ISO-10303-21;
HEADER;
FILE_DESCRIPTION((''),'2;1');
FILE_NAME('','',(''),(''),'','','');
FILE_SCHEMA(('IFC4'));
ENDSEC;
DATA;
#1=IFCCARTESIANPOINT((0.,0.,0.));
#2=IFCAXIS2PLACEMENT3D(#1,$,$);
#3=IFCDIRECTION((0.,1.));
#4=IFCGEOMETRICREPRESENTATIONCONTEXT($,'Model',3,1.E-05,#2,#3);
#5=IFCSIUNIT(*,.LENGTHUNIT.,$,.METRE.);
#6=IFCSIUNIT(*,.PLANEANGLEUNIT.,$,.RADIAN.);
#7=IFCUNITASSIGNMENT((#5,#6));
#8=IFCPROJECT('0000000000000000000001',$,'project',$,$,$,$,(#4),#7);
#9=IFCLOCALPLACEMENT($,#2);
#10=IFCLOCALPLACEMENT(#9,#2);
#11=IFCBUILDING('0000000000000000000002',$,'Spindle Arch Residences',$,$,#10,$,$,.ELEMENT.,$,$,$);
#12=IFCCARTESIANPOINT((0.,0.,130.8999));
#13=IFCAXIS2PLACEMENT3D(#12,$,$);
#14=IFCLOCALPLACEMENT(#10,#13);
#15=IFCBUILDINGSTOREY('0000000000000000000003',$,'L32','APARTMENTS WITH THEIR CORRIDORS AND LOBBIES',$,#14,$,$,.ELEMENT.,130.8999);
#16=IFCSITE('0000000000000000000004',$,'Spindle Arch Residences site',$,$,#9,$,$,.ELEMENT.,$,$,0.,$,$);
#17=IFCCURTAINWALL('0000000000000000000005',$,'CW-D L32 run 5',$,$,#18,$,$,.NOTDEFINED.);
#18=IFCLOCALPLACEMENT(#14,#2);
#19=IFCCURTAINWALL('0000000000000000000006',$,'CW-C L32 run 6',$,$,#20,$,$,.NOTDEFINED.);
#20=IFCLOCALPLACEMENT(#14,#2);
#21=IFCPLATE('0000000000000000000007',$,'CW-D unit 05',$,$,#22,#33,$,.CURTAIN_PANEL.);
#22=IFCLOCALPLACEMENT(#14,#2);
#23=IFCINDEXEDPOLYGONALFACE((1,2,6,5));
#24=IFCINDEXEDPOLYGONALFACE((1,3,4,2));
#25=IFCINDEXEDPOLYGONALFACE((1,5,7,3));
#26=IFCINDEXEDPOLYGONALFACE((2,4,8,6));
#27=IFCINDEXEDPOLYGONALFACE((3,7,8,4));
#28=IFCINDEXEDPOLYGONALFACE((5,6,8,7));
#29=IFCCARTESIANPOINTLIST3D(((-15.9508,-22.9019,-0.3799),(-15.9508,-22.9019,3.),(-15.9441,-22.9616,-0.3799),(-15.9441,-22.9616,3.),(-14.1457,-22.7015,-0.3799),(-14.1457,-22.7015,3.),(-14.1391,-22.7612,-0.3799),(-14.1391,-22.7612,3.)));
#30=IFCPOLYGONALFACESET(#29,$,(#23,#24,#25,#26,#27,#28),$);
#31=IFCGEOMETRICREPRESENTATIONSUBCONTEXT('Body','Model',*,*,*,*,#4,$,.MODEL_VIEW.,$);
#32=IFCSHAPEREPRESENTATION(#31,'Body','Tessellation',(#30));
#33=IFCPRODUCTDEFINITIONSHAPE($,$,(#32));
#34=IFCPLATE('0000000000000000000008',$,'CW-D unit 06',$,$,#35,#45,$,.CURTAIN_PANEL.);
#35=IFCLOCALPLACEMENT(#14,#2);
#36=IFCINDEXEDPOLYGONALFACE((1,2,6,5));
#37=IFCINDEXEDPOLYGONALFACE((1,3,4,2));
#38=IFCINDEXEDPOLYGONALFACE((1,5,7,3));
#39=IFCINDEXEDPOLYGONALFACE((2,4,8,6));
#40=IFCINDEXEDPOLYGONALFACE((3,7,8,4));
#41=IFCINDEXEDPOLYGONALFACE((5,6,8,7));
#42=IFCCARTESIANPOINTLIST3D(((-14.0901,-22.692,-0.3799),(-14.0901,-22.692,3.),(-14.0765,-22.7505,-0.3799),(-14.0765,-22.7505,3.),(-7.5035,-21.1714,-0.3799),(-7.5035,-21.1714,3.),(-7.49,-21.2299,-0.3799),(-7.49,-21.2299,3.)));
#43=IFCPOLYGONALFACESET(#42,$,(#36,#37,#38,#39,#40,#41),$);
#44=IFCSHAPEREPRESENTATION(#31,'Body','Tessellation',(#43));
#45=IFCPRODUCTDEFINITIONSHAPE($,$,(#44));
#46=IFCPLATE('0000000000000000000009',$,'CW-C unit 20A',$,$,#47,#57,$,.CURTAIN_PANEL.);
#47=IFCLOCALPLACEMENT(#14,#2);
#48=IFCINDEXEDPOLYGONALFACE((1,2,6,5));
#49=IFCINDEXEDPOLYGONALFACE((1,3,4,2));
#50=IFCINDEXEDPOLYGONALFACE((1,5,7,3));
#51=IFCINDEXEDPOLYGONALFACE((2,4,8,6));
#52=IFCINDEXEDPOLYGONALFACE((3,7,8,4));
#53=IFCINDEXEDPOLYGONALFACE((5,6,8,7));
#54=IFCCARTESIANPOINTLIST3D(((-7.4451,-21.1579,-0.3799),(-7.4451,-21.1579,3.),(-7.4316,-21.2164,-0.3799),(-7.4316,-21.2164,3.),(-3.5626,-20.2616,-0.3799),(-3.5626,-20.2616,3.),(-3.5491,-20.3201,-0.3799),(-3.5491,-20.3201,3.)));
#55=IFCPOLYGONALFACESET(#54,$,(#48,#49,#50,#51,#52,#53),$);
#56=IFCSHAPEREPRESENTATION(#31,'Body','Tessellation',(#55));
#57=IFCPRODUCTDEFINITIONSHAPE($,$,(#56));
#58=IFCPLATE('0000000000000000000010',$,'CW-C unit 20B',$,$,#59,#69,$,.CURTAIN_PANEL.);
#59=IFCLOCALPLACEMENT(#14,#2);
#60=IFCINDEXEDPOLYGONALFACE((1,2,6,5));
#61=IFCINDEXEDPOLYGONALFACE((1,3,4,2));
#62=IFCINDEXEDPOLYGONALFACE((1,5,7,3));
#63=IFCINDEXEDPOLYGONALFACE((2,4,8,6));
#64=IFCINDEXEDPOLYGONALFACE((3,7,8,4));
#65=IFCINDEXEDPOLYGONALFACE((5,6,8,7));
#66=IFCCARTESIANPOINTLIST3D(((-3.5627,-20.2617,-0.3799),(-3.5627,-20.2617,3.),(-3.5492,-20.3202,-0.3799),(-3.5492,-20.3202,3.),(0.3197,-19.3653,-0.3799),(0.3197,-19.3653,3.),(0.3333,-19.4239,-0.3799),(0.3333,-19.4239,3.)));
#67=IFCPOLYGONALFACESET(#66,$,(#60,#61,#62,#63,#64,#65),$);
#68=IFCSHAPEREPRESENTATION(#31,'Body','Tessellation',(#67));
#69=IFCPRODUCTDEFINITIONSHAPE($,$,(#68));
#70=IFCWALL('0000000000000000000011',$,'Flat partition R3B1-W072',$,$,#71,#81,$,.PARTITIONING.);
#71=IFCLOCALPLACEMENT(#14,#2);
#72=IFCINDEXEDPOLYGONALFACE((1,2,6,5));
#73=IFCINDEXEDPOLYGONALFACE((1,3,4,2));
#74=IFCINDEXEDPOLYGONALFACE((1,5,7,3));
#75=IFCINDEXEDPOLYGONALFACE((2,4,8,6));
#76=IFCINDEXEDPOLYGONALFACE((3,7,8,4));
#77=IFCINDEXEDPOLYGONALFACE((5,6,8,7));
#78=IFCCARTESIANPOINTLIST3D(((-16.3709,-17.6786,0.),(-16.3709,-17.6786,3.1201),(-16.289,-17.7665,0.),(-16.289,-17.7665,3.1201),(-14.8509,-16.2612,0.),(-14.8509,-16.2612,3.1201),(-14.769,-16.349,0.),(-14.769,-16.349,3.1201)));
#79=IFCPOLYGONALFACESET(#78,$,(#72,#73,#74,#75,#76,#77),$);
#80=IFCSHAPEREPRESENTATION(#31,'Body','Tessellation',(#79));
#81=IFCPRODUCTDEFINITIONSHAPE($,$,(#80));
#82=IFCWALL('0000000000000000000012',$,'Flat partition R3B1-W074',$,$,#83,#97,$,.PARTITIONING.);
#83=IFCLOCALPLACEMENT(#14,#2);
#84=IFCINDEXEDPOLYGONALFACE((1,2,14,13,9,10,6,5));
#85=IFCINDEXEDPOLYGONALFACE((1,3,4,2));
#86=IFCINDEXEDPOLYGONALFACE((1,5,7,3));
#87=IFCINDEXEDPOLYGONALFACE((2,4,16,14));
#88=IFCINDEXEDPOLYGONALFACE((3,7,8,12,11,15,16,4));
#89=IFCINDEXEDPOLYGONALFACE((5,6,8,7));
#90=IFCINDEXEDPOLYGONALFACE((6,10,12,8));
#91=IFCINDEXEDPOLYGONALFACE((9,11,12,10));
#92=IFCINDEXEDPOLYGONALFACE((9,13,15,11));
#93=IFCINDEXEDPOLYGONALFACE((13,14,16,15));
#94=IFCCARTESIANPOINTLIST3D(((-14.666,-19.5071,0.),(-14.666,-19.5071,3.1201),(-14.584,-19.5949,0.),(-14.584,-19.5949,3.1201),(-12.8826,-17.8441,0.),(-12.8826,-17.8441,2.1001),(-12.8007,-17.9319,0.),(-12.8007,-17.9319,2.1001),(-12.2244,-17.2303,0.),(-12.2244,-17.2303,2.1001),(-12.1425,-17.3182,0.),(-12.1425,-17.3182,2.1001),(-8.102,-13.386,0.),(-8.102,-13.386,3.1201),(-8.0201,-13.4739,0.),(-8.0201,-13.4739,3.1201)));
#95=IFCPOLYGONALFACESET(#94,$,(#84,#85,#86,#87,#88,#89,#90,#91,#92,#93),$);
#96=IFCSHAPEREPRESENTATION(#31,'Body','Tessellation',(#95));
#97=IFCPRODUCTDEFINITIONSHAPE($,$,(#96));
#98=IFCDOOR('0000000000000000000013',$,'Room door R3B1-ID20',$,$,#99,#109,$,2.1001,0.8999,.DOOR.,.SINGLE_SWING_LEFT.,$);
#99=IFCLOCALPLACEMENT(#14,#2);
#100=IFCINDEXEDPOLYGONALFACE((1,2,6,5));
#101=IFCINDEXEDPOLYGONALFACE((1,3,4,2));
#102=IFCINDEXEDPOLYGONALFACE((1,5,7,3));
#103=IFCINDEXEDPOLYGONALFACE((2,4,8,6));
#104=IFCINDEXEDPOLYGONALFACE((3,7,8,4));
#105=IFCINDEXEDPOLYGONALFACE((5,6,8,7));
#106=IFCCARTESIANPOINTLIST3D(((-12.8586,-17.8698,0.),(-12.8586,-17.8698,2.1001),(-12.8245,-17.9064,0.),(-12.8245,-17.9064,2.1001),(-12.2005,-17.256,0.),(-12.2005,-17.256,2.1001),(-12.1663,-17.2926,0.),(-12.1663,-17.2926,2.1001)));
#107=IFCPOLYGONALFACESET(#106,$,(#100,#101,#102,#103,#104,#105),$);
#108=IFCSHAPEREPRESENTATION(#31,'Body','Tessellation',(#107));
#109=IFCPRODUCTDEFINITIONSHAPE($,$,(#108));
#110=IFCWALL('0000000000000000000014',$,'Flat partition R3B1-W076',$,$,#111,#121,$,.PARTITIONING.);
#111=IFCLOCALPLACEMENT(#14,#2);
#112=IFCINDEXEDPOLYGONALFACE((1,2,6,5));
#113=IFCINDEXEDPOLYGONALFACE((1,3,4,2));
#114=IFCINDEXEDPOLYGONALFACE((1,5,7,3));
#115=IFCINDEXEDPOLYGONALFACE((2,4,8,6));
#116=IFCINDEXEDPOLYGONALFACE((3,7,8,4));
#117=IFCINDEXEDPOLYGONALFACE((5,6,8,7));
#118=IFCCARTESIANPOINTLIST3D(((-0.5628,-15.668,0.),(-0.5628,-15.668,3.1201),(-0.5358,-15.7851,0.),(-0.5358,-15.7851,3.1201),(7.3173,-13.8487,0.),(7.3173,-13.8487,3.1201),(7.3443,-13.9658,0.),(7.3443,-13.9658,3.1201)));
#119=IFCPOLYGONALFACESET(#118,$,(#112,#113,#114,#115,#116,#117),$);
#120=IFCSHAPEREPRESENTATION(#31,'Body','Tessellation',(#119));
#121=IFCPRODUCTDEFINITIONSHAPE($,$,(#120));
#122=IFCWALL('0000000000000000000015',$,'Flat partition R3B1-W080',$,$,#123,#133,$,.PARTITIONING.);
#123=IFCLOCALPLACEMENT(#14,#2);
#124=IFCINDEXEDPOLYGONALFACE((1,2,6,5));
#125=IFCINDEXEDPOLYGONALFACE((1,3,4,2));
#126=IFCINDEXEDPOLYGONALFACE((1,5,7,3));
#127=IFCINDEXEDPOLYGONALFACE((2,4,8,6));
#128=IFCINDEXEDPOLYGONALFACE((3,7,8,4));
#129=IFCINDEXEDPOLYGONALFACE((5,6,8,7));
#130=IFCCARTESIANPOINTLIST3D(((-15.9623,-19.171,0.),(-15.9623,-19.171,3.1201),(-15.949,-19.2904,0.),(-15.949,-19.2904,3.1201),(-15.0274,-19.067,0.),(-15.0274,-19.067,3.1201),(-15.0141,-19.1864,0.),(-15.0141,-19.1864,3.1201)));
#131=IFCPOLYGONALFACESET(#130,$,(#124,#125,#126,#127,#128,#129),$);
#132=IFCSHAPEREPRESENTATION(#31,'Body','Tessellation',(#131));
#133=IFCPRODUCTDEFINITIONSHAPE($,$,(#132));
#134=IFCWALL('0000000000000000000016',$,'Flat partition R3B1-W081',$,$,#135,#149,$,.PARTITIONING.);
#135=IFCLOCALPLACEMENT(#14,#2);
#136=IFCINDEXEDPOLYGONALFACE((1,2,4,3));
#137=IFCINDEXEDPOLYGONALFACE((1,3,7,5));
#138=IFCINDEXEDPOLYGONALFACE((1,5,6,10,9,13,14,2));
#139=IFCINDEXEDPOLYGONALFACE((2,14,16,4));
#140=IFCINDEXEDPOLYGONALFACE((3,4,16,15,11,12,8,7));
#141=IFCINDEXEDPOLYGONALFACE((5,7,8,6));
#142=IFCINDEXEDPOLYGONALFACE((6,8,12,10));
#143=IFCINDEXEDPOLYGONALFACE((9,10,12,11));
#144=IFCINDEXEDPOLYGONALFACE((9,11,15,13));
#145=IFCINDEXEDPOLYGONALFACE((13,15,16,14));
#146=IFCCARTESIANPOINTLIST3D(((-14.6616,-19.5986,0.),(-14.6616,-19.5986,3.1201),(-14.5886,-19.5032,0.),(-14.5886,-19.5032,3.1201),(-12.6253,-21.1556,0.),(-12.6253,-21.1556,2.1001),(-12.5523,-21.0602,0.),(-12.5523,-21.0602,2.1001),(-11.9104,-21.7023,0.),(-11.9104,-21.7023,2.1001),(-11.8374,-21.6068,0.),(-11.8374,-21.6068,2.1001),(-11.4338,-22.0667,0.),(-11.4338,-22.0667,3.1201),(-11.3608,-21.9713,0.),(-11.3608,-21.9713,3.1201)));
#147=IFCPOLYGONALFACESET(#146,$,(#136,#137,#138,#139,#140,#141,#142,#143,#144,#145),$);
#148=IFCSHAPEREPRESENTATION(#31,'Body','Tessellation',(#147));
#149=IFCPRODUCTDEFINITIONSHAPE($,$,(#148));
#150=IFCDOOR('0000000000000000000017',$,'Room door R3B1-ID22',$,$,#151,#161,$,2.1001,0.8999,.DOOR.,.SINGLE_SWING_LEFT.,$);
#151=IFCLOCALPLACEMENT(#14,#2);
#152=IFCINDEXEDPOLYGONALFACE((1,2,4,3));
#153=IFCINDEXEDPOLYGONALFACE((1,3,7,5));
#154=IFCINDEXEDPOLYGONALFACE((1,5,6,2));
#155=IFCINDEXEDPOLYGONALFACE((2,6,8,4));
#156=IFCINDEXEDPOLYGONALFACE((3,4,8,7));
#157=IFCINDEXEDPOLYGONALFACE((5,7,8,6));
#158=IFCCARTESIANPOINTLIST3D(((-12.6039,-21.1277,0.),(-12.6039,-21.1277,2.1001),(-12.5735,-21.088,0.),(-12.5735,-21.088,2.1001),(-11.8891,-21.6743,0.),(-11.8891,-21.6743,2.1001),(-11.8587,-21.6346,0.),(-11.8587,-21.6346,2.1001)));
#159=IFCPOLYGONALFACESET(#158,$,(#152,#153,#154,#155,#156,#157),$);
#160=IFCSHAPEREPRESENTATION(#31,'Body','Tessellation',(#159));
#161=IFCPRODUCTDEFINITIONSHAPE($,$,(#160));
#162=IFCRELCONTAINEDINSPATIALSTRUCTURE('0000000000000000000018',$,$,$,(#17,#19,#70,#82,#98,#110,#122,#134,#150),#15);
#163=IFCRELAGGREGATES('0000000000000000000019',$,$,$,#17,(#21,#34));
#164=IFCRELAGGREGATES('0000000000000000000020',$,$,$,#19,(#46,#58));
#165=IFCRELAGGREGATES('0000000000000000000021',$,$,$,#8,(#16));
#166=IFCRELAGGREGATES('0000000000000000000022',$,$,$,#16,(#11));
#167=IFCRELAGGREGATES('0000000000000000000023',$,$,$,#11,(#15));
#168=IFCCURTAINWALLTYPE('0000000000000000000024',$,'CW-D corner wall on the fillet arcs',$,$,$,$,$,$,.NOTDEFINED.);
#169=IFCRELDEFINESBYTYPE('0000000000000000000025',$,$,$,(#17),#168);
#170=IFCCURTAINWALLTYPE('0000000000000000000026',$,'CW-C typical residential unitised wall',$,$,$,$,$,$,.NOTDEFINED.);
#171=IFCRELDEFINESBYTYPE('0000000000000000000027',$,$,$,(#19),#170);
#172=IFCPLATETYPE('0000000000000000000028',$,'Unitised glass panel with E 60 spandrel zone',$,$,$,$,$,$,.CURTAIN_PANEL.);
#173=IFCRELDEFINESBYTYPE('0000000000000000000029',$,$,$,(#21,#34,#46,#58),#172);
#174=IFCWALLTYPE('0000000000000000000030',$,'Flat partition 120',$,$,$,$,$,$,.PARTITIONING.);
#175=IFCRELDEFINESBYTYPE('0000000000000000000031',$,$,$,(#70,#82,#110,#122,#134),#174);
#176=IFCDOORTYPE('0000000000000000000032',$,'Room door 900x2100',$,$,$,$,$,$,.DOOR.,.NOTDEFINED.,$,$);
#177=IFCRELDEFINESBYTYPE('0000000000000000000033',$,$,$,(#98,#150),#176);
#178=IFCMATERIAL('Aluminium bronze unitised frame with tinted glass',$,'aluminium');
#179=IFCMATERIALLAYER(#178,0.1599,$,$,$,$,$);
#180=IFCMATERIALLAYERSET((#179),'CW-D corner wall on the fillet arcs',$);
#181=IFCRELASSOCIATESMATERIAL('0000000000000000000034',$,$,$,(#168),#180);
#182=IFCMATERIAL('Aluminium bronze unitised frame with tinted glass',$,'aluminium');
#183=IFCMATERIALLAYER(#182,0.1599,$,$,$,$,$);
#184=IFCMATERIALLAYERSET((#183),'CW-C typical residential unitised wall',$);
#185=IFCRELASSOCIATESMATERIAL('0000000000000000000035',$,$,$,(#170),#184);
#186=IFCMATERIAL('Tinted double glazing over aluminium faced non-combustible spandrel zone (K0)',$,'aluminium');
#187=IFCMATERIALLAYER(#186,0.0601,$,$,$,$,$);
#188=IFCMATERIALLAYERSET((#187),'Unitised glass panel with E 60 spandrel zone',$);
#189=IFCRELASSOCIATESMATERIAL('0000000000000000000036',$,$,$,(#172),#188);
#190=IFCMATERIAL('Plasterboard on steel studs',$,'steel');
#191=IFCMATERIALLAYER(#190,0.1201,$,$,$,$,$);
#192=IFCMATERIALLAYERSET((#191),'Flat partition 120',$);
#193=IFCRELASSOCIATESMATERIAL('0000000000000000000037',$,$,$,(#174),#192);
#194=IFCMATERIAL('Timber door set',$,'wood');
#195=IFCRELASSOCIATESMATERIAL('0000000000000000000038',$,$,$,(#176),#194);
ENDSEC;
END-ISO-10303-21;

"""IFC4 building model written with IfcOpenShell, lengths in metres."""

from ifc_helpers import new_model, si_unit, direction, frame, frame_2d, origin, origin_2d, place, context, subcontext, project, spatial, rectangle, extrude, material, layer, layer_set, type_object, element, fill, aggregate, save


model = new_model("IFC4")

# Units and contexts
model_context = context("Model", 3, precision=1e-05, world=origin(), true_north=direction((0.0, 1.0)))
body_context = subcontext(model_context, "Body", "Model", "MODEL_VIEW")
ifc_project = project(units=[si_unit("LENGTHUNIT", "METRE"), si_unit("PLANEANGLEUNIT", "RADIAN")], contexts=[model_context])

# Site, building, storey
site_placement = place(None, origin())
site = spatial("IfcSite", under=ifc_project, at=site_placement, Name="Spindle Arch Residences site", CompositionType="ELEMENT", RefElevation=0.0)
building_placement = place(site_placement, origin())
building = spatial("IfcBuilding", under=site, at=building_placement, Name="Spindle Arch Residences", CompositionType="ELEMENT")
storey_placement = place(building_placement, frame((0.0, 0.0, 130.8999)))
storey = spatial("IfcBuildingStorey", under=building, at=storey_placement, Name="L32", Description="APARTMENTS WITH THEIR CORRIDORS AND LOBBIES", CompositionType="ELEMENT", Elevation=130.8999)

# Curtain walls
ifc_material_1 = material(Name="Aluminium bronze unitised frame with tinted glass", Category="aluminium")
ifc_layer_1 = layer(ifc_material_1, 0.1599)
ifc_layer_set_1 = layer_set([ifc_layer_1], Name="CW-D corner wall on the fillet arcs")
curtain_wall_type_1 = type_object("IfcCurtainWallType", Name="CW-D corner wall on the fillet arcs", PredefinedType="NOTDEFINED", material=ifc_layer_set_1)
curtain_wall_1_placement = place(storey_placement, origin())
curtain_wall_1 = element("IfcCurtainWall", 1, at=curtain_wall_1_placement, inside=storey, type_object=curtain_wall_type_1, Name="CW-D L32 run 5", PredefinedType="NOTDEFINED")
ifc_material_2 = material(Name="Aluminium bronze unitised frame with tinted glass", Category="aluminium")
ifc_layer_2 = layer(ifc_material_2, 0.1599)
ifc_layer_set_2 = layer_set([ifc_layer_2], Name="CW-C typical residential unitised wall")
curtain_wall_type_2 = type_object("IfcCurtainWallType", Name="CW-C typical residential unitised wall", PredefinedType="NOTDEFINED", material=ifc_layer_set_2)
curtain_wall_2_placement = place(storey_placement, origin())
curtain_wall_2 = element("IfcCurtainWall", 2, at=curtain_wall_2_placement, inside=storey, type_object=curtain_wall_type_2, Name="CW-C L32 run 6", PredefinedType="NOTDEFINED")

# Plates
ifc_material_3 = material(Name="Tinted double glazing over aluminium faced non-combustible spandrel zone (K0)", Category="aluminium")
ifc_layer_3 = layer(ifc_material_3, 0.0601)
ifc_layer_set_3 = layer_set([ifc_layer_3], Name="Unitised glass panel with E 60 spandrel zone")
plate_type = type_object("IfcPlateType", Name="Unitised glass panel with E 60 spandrel zone", PredefinedType="CURTAIN_PANEL", material=ifc_layer_set_3)
plate_1_placement = place(storey_placement, frame((-15.0449, -22.8315, -0.3799), z_axis=(0.0, 0.0, 1.0), x_axis=(0.993897, 0.110313, 0.0)))
plate_1 = element("IfcPlate", 3, at=plate_1_placement, type_object=plate_type, Name="CW-D unit 05", PredefinedType="CURTAIN_PANEL", context=body_context, shape_type="SweptSolid", body=[
    extrude(rectangle(XDim=1.8162, YDim=0.0601, at=origin_2d()), origin(), (0.0, 0.0, 1.0), 3.3799),
])
plate_2_placement = place(storey_placement, frame((-10.79, -21.9609, -0.3799), z_axis=(0.0, 0.0, 1.0), x_axis=(0.97437, 0.224951, 0.0)))
plate_2 = element("IfcPlate", 4, at=plate_2_placement, type_object=plate_type, Name="CW-D unit 06", PredefinedType="CURTAIN_PANEL", context=body_context, shape_type="SweptSolid", body=[
    extrude(rectangle(XDim=6.7598, YDim=0.0601, at=origin_2d()), origin(), (0.0, 0.0, 1.0), 3.3799),
])
aggregate(curtain_wall_1, [plate_1, plate_2])
plate_3_placement = place(storey_placement, frame((-5.4971, -20.739, -0.3799), z_axis=(0.0, 0.0, 1.0), x_axis=(0.97437, 0.224951, 0.0)))
plate_3 = element("IfcPlate", 5, at=plate_3_placement, type_object=plate_type, Name="CW-C unit 20A", PredefinedType="CURTAIN_PANEL", context=body_context, shape_type="SweptSolid", body=[
    extrude(rectangle(XDim=3.9846, YDim=0.0601, at=origin_2d()), origin(), (0.0, 0.0, 1.0), 3.3799),
])
plate_4_placement = place(storey_placement, frame((-1.6147, -19.8428, -0.3799), z_axis=(0.0, 0.0, 1.0), x_axis=(0.97437, 0.224951, 0.0)))
plate_4 = element("IfcPlate", 6, at=plate_4_placement, type_object=plate_type, Name="CW-C unit 20B", PredefinedType="CURTAIN_PANEL", context=body_context, shape_type="SweptSolid", body=[
    extrude(rectangle(XDim=3.9846, YDim=0.0601, at=origin_2d()), origin(), (0.0, 0.0, 1.0), 3.3799),
])
aggregate(curtain_wall_2, [plate_3, plate_4])

# Wall
ifc_material_4 = material(Name="Plasterboard on steel studs", Category="steel")
ifc_layer_4 = layer(ifc_material_4, 0.1201)
ifc_layer_set_4 = layer_set([ifc_layer_4], Name="Flat partition 120")
wall_type = type_object("IfcWallType", Name="Flat partition 120", PredefinedType="PARTITIONING", material=ifc_layer_set_4)
wall_1_placement = place(storey_placement, frame((-14.8101, -16.3052, 0.0), z_axis=(0.0, 0.0, 1.0), x_axis=(-0.731344, -0.682008, 0.0)))
element("IfcWall", 7, at=wall_1_placement, inside=storey, type_object=wall_type, Name="Flat partition R3B1-W072", PredefinedType="PARTITIONING", context=body_context, shape_type="SweptSolid", body=[
    extrude(rectangle(XDim=2.0784, YDim=0.1201, at=frame_2d((1.0391, 0.0))), origin(), (0.0, 0.0, 1.0), 3.1201),
])

# Wall, opening, door
wall_2_placement = place(storey_placement, frame((-14.625, -19.551, 0.0), z_axis=(0.0, 0.0, 1.0), x_axis=(0.731348, 0.682004, 0.0)))
wall_2 = element("IfcWall", 8, at=wall_2_placement, inside=storey, type_object=wall_type, Name="Flat partition R3B1-W074", PredefinedType="PARTITIONING", context=body_context, shape_type="SweptSolid", body=[
    extrude(rectangle(XDim=8.9751, YDim=0.1201, at=frame_2d((4.4875, 0.0))), origin(), (0.0, 0.0, 1.0), 3.1201),
])
opening_1_placement = place(wall_2_placement, frame((2.4385, 0.0, 0.0)))
opening_1 = element("IfcOpeningElement", 9, at=opening_1_placement, cuts=wall_2, PredefinedType="OPENING", context=body_context, shape_type="SweptSolid", body=[
    extrude(rectangle(XDim=0.8999, YDim=2.1001, at=frame_2d((0.45, 1.05))), frame((0.0, 0.0701, 0.0), z_axis=(0.0, -1.0, 0.0), x_axis=(1.0, 0.0, 0.0)), (0.0, 0.0, 1.0), 0.1401),
])
ifc_material_5 = material(Name="Timber door set", Category="wood")
door_type = type_object("IfcDoorType", Name="Room door 900x2100", OperationType="NOTDEFINED", PredefinedType="DOOR", material=ifc_material_5)
door_1_placement = place(opening_1_placement, origin())
door_1 = element("IfcDoor", 10, at=door_1_placement, inside=storey, type_object=door_type, Name="Room door R3B1-ID20", OperationType="SINGLE_SWING_LEFT", OverallHeight=2.1001, OverallWidth=0.8999, PredefinedType="DOOR", context=body_context, shape_type="SweptSolid", body=[
    extrude(rectangle(XDim=0.8999, YDim=2.1001, at=frame_2d((0.45, 1.05))), frame((0.0, 0.0249, 0.0), z_axis=(0.0, -1.0, 0.0), x_axis=(1.0, 0.0, 0.0)), (0.0, 0.0, 1.0), 0.05),
])
fill(opening_1, door_1)

# Walls
wall_3_placement = place(storey_placement, frame((-0.5493, -15.7266, 0.0), z_axis=(0.0, 0.0, 1.0), x_axis=(0.974368, 0.224959, 0.0)))
element("IfcWall", 11, at=wall_3_placement, inside=storey, type_object=wall_type, Name="Flat partition R3B1-W076", PredefinedType="PARTITIONING", context=body_context, shape_type="SweptSolid", body=[
    extrude(rectangle(XDim=8.0874, YDim=0.1201, at=frame_2d((4.0437, 0.0))), origin(), (0.0, 0.0, 1.0), 3.1201),
])
wall_4_placement = place(storey_placement, frame((-15.9556, -19.2307, 0.0), z_axis=(0.0, 0.0, 1.0), x_axis=(0.993868, 0.110574, 0.0)))
element("IfcWall", 12, at=wall_4_placement, inside=storey, type_object=wall_type, Name="Flat partition R3B1-W080", PredefinedType="PARTITIONING", context=body_context, shape_type="SweptSolid", body=[
    extrude(rectangle(XDim=0.9407, YDim=0.1201, at=frame_2d((0.4702, 0.0))), origin(), (0.0, 0.0, 1.0), 3.1201),
])

# Wall, opening, door
wall_5_placement = place(storey_placement, frame((-11.3972, -22.019, 0.0), z_axis=(0.0, 0.0, 1.0), x_axis=(-0.794392, 0.607406, 0.0)))
wall_5 = element("IfcWall", 13, at=wall_5_placement, inside=storey, type_object=wall_type, Name="Flat partition R3B1-W081", PredefinedType="PARTITIONING", context=body_context, shape_type="SweptSolid", body=[
    extrude(rectangle(XDim=4.0632, YDim=0.1201, at=frame_2d((2.0317, 0.0))), origin(), (0.0, 0.0, 1.0), 3.1201),
])
opening_2_placement = place(wall_5_placement, frame((0.6001, 0.0, 0.0)))
opening_2 = element("IfcOpeningElement", 14, at=opening_2_placement, cuts=wall_5, PredefinedType="OPENING", context=body_context, shape_type="SweptSolid", body=[
    extrude(rectangle(XDim=0.8999, YDim=2.1001, at=frame_2d((0.45, 1.05))), frame((0.0, 0.0701, 0.0), z_axis=(0.0, -1.0, 0.0), x_axis=(1.0, 0.0, 0.0)), (0.0, 0.0, 1.0), 0.1401),
])
door_2_placement = place(opening_2_placement, origin())
door_2 = element("IfcDoor", 15, at=door_2_placement, inside=storey, type_object=door_type, Name="Room door R3B1-ID22", OperationType="SINGLE_SWING_LEFT", OverallHeight=2.1001, OverallWidth=0.8999, PredefinedType="DOOR", context=body_context, shape_type="SweptSolid", body=[
    extrude(rectangle(XDim=0.8999, YDim=2.1001, at=frame_2d((0.45, 1.05))), frame((0.0, 0.0249, 0.0), z_axis=(0.0, -1.0, 0.0), x_axis=(1.0, 0.0, 0.0)), (0.0, 0.0, 1.0), 0.05),
])
fill(opening_2, door_2)

save(model, "model.ifc")
